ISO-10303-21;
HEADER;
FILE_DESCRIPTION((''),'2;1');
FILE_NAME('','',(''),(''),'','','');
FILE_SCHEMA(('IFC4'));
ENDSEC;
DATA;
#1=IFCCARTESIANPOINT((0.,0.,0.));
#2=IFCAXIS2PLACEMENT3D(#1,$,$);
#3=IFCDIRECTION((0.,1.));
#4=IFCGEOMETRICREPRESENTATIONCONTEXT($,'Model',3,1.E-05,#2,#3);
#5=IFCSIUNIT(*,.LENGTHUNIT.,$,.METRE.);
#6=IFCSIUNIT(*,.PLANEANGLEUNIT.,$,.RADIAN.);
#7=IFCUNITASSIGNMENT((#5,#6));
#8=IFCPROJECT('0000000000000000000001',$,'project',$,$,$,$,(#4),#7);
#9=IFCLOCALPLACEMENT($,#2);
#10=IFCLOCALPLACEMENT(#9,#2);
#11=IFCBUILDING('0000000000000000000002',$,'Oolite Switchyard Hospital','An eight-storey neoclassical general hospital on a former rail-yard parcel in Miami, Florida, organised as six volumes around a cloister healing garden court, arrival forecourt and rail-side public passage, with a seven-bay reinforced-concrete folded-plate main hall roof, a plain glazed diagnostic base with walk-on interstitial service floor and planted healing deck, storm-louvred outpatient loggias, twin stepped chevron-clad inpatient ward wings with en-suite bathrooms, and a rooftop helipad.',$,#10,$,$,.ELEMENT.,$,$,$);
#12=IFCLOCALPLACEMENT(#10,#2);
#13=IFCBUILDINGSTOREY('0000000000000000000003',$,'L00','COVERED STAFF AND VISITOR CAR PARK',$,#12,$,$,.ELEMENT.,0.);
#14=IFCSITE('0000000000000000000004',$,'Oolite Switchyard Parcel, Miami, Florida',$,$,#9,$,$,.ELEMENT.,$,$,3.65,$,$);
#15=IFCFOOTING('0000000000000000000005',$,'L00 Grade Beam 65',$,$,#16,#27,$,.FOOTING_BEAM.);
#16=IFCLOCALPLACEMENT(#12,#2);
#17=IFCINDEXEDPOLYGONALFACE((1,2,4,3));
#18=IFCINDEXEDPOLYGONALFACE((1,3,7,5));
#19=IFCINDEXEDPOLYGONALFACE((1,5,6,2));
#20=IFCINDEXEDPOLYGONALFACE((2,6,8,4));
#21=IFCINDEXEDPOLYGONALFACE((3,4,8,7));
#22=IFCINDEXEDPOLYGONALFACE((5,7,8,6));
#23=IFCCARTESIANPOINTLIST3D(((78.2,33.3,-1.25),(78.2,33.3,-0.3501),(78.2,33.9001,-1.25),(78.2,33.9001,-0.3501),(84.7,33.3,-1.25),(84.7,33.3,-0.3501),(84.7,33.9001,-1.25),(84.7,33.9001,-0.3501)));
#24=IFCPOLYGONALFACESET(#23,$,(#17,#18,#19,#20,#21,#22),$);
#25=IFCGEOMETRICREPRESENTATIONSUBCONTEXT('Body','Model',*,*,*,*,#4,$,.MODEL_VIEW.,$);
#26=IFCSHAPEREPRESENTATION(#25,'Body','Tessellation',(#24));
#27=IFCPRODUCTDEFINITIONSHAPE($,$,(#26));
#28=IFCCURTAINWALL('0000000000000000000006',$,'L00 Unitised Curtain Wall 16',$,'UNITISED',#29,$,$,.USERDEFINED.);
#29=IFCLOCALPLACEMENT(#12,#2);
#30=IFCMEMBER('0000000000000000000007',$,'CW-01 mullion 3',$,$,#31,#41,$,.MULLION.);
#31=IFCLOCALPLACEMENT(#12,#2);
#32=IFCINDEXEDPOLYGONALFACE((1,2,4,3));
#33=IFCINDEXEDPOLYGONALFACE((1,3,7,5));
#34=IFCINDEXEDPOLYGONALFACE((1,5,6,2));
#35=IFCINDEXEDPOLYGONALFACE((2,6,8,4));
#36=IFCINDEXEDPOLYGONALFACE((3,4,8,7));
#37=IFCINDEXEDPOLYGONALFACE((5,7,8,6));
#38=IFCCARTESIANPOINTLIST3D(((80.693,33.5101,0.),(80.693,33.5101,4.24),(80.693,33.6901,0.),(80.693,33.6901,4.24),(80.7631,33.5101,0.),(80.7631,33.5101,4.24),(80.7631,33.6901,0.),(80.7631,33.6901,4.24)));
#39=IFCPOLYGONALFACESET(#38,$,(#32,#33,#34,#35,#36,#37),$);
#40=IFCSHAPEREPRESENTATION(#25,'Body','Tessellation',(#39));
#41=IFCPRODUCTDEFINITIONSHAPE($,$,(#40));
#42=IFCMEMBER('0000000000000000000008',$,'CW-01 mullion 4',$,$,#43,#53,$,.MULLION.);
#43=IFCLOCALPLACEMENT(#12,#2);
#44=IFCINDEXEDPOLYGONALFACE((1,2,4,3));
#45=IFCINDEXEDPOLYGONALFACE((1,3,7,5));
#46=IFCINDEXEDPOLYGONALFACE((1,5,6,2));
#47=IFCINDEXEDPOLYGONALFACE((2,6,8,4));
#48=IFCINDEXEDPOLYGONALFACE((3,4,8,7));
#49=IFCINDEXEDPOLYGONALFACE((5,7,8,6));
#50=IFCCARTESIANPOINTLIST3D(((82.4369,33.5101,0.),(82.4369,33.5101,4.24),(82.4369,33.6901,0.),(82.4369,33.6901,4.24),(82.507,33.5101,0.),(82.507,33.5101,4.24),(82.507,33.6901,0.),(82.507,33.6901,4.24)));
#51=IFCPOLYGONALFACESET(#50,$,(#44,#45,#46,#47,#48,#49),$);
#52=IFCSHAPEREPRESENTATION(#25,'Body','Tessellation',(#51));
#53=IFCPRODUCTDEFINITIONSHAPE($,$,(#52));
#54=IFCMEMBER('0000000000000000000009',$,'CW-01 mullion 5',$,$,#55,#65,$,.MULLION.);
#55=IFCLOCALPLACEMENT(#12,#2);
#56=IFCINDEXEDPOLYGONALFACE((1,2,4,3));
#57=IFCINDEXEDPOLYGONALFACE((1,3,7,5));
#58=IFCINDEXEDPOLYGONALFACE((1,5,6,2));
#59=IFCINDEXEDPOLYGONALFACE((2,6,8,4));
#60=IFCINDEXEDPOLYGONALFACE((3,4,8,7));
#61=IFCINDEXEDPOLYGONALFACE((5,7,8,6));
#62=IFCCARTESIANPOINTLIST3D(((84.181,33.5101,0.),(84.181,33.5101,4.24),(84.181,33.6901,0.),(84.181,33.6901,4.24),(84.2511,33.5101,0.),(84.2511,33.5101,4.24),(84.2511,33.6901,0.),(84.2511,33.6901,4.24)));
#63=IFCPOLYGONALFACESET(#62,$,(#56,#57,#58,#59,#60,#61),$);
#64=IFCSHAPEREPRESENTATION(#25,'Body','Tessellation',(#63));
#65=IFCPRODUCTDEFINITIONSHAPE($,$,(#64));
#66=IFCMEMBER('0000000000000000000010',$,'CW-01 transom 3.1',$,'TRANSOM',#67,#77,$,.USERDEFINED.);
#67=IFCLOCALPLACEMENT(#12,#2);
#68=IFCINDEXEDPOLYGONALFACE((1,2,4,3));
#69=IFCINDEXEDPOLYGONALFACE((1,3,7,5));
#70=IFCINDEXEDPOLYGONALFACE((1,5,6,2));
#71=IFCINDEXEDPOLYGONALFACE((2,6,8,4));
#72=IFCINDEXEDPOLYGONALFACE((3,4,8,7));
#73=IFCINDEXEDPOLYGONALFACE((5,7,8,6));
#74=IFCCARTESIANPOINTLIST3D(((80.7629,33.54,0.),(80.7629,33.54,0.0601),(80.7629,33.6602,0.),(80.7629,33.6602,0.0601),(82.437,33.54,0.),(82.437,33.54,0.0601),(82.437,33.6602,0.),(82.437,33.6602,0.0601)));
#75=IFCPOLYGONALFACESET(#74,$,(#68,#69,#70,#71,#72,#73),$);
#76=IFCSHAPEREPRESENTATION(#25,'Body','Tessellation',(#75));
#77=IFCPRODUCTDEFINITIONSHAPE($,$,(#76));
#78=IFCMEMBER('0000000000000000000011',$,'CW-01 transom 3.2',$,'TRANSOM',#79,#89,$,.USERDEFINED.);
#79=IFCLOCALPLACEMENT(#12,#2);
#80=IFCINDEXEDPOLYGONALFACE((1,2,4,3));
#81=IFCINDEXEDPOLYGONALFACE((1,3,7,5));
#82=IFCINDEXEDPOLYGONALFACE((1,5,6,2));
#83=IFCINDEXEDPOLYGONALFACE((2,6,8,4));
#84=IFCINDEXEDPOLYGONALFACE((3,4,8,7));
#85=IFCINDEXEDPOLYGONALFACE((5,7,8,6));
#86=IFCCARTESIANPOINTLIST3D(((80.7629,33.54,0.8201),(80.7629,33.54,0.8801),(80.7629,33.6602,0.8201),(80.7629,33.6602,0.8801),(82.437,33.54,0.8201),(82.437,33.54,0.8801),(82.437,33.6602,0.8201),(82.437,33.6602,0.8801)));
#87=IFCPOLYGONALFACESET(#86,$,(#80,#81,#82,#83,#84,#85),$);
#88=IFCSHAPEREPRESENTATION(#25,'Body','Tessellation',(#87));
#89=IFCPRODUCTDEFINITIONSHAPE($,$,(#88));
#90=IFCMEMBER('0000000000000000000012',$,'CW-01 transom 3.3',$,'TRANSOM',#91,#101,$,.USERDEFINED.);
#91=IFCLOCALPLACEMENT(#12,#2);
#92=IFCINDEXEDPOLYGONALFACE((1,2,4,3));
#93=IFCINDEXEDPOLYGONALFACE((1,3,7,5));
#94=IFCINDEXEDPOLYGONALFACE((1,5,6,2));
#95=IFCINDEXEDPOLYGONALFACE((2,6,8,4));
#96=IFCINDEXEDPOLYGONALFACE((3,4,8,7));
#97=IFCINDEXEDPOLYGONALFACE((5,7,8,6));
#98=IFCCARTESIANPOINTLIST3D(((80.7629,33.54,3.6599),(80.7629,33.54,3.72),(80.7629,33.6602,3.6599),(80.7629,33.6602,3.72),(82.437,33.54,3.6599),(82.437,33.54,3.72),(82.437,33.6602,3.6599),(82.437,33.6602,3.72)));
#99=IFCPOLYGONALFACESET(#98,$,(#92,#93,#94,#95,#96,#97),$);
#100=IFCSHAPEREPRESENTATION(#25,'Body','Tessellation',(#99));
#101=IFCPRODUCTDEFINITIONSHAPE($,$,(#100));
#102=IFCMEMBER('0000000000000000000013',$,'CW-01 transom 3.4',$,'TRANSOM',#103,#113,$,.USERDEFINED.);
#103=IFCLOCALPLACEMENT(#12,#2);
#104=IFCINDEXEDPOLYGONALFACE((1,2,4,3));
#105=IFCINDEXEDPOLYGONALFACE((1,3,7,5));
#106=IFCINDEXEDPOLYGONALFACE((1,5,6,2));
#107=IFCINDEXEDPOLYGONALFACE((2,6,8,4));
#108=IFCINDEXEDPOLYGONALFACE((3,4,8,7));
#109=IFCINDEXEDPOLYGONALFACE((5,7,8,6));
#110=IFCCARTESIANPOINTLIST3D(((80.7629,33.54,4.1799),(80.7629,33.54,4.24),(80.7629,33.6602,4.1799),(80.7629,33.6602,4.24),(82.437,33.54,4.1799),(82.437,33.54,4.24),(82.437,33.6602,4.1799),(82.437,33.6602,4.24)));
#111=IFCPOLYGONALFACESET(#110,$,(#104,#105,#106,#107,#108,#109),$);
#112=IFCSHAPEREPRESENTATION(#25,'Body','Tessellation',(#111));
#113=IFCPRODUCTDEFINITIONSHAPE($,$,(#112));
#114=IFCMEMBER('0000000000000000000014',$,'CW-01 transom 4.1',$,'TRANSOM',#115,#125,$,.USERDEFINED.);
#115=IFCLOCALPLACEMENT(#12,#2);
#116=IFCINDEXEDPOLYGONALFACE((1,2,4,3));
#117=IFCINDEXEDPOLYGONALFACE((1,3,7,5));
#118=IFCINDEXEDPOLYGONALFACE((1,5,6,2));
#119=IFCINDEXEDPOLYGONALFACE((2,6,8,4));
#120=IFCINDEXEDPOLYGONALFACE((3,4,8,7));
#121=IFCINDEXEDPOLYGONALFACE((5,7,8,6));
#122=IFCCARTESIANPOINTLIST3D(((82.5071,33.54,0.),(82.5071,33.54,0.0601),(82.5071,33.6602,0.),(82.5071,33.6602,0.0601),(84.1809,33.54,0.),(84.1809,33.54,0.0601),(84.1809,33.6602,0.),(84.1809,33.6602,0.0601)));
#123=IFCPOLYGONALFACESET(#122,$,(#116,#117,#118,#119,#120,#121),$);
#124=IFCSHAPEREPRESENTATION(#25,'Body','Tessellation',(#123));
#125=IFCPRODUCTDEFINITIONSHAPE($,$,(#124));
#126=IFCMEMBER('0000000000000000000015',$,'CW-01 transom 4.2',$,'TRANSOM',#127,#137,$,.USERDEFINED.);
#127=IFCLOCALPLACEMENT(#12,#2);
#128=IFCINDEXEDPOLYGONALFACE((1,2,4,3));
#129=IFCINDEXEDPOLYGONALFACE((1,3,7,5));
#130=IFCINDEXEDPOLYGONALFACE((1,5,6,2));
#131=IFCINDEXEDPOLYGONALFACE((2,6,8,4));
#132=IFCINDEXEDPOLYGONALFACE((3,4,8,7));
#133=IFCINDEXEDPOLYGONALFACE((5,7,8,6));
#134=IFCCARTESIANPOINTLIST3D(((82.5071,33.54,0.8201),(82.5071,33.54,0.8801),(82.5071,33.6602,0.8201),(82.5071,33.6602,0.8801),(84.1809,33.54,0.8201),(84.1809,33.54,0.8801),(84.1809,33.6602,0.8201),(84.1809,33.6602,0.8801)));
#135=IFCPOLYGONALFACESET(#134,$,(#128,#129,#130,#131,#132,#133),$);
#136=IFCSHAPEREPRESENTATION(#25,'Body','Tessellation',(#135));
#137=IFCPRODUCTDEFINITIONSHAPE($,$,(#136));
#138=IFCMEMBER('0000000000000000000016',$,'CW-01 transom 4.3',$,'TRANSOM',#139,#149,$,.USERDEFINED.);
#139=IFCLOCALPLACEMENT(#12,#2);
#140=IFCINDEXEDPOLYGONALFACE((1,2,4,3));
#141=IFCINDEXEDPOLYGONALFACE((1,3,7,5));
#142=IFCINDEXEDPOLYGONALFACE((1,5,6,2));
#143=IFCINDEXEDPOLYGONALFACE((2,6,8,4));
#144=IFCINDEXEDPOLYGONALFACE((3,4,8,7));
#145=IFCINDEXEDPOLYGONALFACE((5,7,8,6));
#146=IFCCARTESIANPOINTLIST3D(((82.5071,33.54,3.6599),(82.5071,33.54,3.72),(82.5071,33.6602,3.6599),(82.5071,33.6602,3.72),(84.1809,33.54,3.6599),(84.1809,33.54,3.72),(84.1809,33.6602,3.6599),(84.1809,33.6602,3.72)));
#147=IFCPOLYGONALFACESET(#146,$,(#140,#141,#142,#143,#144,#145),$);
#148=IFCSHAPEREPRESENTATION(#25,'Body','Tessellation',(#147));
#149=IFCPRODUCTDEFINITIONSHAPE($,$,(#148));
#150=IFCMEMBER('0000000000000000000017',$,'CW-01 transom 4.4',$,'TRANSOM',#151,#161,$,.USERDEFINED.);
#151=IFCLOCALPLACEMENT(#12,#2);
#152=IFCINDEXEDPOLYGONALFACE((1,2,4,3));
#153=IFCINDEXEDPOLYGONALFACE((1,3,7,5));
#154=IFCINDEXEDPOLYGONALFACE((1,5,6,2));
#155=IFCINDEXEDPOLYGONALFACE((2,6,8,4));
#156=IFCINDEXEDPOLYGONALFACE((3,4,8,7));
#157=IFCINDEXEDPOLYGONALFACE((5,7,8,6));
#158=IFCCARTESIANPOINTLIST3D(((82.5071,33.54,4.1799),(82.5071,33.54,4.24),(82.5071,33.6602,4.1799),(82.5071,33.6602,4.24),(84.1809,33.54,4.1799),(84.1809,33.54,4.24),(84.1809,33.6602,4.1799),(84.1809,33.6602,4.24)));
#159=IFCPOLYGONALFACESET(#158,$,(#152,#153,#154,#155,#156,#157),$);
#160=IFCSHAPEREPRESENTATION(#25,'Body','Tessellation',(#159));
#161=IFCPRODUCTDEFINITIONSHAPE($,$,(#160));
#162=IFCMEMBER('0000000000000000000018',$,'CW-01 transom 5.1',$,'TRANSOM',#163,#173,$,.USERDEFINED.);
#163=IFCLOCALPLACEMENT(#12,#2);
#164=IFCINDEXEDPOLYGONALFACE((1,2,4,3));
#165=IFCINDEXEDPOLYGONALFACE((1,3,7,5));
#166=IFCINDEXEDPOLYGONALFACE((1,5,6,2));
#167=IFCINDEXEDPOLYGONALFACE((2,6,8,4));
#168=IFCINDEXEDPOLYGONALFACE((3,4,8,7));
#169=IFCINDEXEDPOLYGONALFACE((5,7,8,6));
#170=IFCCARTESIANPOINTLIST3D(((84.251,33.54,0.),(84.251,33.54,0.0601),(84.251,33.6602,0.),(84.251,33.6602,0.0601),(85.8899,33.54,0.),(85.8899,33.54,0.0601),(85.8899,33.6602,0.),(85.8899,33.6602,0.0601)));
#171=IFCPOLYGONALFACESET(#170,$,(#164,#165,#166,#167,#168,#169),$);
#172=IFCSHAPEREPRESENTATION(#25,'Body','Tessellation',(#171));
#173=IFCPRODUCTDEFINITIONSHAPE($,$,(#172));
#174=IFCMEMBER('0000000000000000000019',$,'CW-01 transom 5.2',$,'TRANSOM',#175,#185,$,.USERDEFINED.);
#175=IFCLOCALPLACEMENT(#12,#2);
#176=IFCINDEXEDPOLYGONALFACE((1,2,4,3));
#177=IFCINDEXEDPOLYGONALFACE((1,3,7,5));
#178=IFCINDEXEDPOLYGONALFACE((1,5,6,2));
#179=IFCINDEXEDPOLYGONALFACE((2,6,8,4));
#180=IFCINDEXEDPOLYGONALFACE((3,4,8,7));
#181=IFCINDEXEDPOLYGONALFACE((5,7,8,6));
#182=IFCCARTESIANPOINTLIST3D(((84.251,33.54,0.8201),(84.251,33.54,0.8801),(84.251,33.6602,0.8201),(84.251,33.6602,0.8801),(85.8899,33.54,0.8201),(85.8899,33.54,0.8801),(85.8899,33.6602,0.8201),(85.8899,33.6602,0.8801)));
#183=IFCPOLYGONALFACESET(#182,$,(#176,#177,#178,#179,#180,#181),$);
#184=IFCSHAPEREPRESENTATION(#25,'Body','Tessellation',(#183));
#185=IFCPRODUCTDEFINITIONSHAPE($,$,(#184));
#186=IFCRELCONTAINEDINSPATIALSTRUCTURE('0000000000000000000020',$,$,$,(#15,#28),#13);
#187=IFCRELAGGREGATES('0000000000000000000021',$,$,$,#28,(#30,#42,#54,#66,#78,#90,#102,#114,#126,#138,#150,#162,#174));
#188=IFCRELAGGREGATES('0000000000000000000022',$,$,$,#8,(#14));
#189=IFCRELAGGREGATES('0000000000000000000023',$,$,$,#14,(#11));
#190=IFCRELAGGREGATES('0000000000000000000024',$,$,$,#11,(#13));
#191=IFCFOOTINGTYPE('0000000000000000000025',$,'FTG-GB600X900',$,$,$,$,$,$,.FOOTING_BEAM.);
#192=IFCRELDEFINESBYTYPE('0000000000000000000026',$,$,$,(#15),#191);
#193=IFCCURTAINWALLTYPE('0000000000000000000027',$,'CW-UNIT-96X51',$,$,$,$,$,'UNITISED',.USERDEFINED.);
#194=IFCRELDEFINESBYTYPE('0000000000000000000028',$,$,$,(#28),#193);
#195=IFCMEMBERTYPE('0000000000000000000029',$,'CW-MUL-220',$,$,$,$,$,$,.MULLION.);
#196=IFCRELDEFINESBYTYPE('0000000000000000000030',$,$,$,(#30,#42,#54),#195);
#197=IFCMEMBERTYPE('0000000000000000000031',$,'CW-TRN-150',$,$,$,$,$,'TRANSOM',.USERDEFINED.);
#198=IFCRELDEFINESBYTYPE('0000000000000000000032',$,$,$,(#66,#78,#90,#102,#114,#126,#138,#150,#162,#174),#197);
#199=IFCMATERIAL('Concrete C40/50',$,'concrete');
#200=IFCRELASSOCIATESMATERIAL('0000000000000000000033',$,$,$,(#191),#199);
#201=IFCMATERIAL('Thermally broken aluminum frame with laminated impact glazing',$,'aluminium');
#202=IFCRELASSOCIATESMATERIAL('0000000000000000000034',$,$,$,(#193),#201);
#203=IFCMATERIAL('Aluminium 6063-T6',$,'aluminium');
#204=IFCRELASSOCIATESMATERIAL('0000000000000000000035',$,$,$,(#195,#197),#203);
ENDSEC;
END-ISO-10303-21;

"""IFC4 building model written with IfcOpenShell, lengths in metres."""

from ifc_helpers import new_model, si_unit, direction, frame, origin, origin_2d, place, context, subcontext, project, spatial, rectangle, extrude, material, material_profile, profile_set, type_object, element, aggregate, save


model = new_model("IFC4")

# Units and contexts
model_context = context("Model", 3, precision=1e-05, world=origin(), true_north=direction((0.0, 1.0)))
body_context = subcontext(model_context, "Body", "Model", "MODEL_VIEW")
ifc_project = project(units=[si_unit("LENGTHUNIT", "METRE"), si_unit("PLANEANGLEUNIT", "RADIAN")], contexts=[model_context])

# Site, building, storey
site_placement = place(None, origin())
site = spatial("IfcSite", under=ifc_project, at=site_placement, Name="Oolite Switchyard Parcel, Miami, Florida", CompositionType="ELEMENT", RefElevation=3.65)
building_placement = place(site_placement, origin())
building = spatial("IfcBuilding", under=site, at=building_placement, Name="Oolite Switchyard Hospital", Description="An eight-storey neoclassical general hospital on a former rail-yard parcel in Miami, Florida, organised as six volumes around a cloister healing garden court, arrival forecourt and rail-side public passage, with a seven-bay reinforced-concrete folded-plate main hall roof, a plain glazed diagnostic base with walk-on interstitial service floor and planted healing deck, storm-louvred outpatient loggias, twin stepped chevron-clad inpatient ward wings with en-suite bathrooms, and a rooftop helipad.", CompositionType="ELEMENT")
storey_placement = place(building_placement, origin())
storey = spatial("IfcBuildingStorey", under=building, at=storey_placement, Name="L00", Description="COVERED STAFF AND VISITOR CAR PARK", CompositionType="ELEMENT", Elevation=0.0)

# Footing
ifc_material_1 = material(Name="Concrete C40/50", Category="concrete")
footing_type = type_object("IfcFootingType", Name="FTG-GB600X900", PredefinedType="FOOTING_BEAM", material=ifc_material_1)
footing_placement = place(storey_placement, frame((81.45, 33.6001, -1.25), z_axis=(0.0, 0.0, 1.0), x_axis=(1.0, 0.0, 0.0)))
element("IfcFooting", 1, at=footing_placement, inside=storey, type_object=footing_type, Name="L00 Grade Beam 65", PredefinedType="FOOTING_BEAM", context=body_context, shape_type="SweptSolid", body=[
    extrude(rectangle(XDim=6.5, YDim=0.6001, at=origin_2d()), origin(), (0.0, 0.0, 1.0), 0.8999),
])

# Curtain wall, members
ifc_material_2 = material(Name="Thermally broken aluminum frame with laminated impact glazing", Category="aluminium")
curtain_wall_type = type_object("IfcCurtainWallType", Name="CW-UNIT-96X51", ElementType="UNITISED", PredefinedType="USERDEFINED", material=ifc_material_2)
curtain_wall_placement = place(storey_placement, origin())
curtain_wall = element("IfcCurtainWall", 2, at=curtain_wall_placement, inside=storey, type_object=curtain_wall_type, Name="L00 Unitised Curtain Wall 16", ObjectType="UNITISED", PredefinedType="USERDEFINED")
ifc_material_3 = material(Name="Aluminium 6063-T6", Category="aluminium")
ifc_material_profile_1 = material_profile(ifc_material_3, rectangle(XDim=0.1799, YDim=0.0701, at=origin_2d()), Name="CWM70X180")
ifc_profile_set_1 = profile_set([ifc_material_profile_1], Name="Aluminium 6063-T6")
member_type_1 = type_object("IfcMemberType", Name="CW-MUL-220", PredefinedType="MULLION", material=ifc_profile_set_1)
member_1_placement = place(storey_placement, frame((80.728, 33.6001, 0.0), z_axis=(0.0, 0.0, 1.0), x_axis=(0.0, 1.0, 0.0)))
member_1 = element("IfcMember", 3, at=member_1_placement, type_object=member_type_1, Name="CW-01 mullion 3", PredefinedType="MULLION", context=body_context, shape_type="SweptSolid", body=[
    extrude(rectangle(XDim=0.1799, YDim=0.0701, at=origin_2d()), origin(), (0.0, 0.0, 1.0), 4.24),
])
member_2_placement = place(storey_placement, frame((82.4719, 33.6001, 0.0), z_axis=(0.0, 0.0, 1.0), x_axis=(0.0, 1.0, 0.0)))
member_2 = element("IfcMember", 4, at=member_2_placement, type_object=member_type_1, Name="CW-01 mullion 4", PredefinedType="MULLION", context=body_context, shape_type="SweptSolid", body=[
    extrude(rectangle(XDim=0.1799, YDim=0.0701, at=origin_2d()), origin(), (0.0, 0.0, 1.0), 4.24),
])
member_3_placement = place(storey_placement, frame((84.2161, 33.6001, 0.0), z_axis=(0.0, 0.0, 1.0), x_axis=(0.0, 1.0, 0.0)))
member_3 = element("IfcMember", 5, at=member_3_placement, type_object=member_type_1, Name="CW-01 mullion 5", PredefinedType="MULLION", context=body_context, shape_type="SweptSolid", body=[
    extrude(rectangle(XDim=0.1799, YDim=0.0701, at=origin_2d()), origin(), (0.0, 0.0, 1.0), 4.24),
])
ifc_material_profile_2 = material_profile(ifc_material_3, rectangle(XDim=0.1201, YDim=0.0601, at=origin_2d()), Name="CWT60X120")
ifc_profile_set_2 = profile_set([ifc_material_profile_2], Name="Aluminium 6063-T6")
member_type_2 = type_object("IfcMemberType", Name="CW-TRN-150", ElementType="TRANSOM", PredefinedType="USERDEFINED", material=ifc_profile_set_2)
member_4_placement = place(storey_placement, frame((80.7629, 33.6001, 0.03), z_axis=(1.0, 0.0, 0.0), x_axis=(0.0, 1.0, 0.0)))
member_4 = element("IfcMember", 6, at=member_4_placement, type_object=member_type_2, Name="CW-01 transom 3.1", ObjectType="TRANSOM", PredefinedType="USERDEFINED", context=body_context, shape_type="SweptSolid", body=[
    extrude(rectangle(XDim=0.1201, YDim=0.0601, at=origin_2d()), origin(), (0.0, 0.0, 1.0), 1.6741),
])
member_5_placement = place(storey_placement, frame((80.7629, 33.6001, 0.8501), z_axis=(1.0, 0.0, 0.0), x_axis=(0.0, 1.0, 0.0)))
member_5 = element("IfcMember", 7, at=member_5_placement, type_object=member_type_2, Name="CW-01 transom 3.2", ObjectType="TRANSOM", PredefinedType="USERDEFINED", context=body_context, shape_type="SweptSolid", body=[
    extrude(rectangle(XDim=0.1201, YDim=0.0601, at=origin_2d()), origin(), (0.0, 0.0, 1.0), 1.6741),
])
member_6_placement = place(storey_placement, frame((80.7629, 33.6001, 3.6899), z_axis=(1.0, 0.0, 0.0), x_axis=(0.0, 1.0, 0.0)))
member_6 = element("IfcMember", 8, at=member_6_placement, type_object=member_type_2, Name="CW-01 transom 3.3", ObjectType="TRANSOM", PredefinedType="USERDEFINED", context=body_context, shape_type="SweptSolid", body=[
    extrude(rectangle(XDim=0.1201, YDim=0.0601, at=origin_2d()), origin(), (0.0, 0.0, 1.0), 1.6741),
])
member_7_placement = place(storey_placement, frame((80.7629, 33.6001, 4.21), z_axis=(1.0, 0.0, 0.0), x_axis=(0.0, 1.0, 0.0)))
member_7 = element("IfcMember", 9, at=member_7_placement, type_object=member_type_2, Name="CW-01 transom 3.4", ObjectType="TRANSOM", PredefinedType="USERDEFINED", context=body_context, shape_type="SweptSolid", body=[
    extrude(rectangle(XDim=0.1201, YDim=0.0601, at=origin_2d()), origin(), (0.0, 0.0, 1.0), 1.6741),
])
member_8_placement = place(storey_placement, frame((82.5071, 33.6001, 0.03), z_axis=(1.0, 0.0, 0.0), x_axis=(0.0, 1.0, 0.0)))
member_8 = element("IfcMember", 10, at=member_8_placement, type_object=member_type_2, Name="CW-01 transom 4.1", ObjectType="TRANSOM", PredefinedType="USERDEFINED", context=body_context, shape_type="SweptSolid", body=[
    extrude(rectangle(XDim=0.1201, YDim=0.0601, at=origin_2d()), origin(), (0.0, 0.0, 1.0), 1.6738),
])
member_9_placement = place(storey_placement, frame((82.5071, 33.6001, 0.8501), z_axis=(1.0, 0.0, 0.0), x_axis=(0.0, 1.0, 0.0)))
member_9 = element("IfcMember", 11, at=member_9_placement, type_object=member_type_2, Name="CW-01 transom 4.2", ObjectType="TRANSOM", PredefinedType="USERDEFINED", context=body_context, shape_type="SweptSolid", body=[
    extrude(rectangle(XDim=0.1201, YDim=0.0601, at=origin_2d()), origin(), (0.0, 0.0, 1.0), 1.6738),
])
member_10_placement = place(storey_placement, frame((82.5071, 33.6001, 3.6899), z_axis=(1.0, 0.0, 0.0), x_axis=(0.0, 1.0, 0.0)))
member_10 = element("IfcMember", 12, at=member_10_placement, type_object=member_type_2, Name="CW-01 transom 4.3", ObjectType="TRANSOM", PredefinedType="USERDEFINED", context=body_context, shape_type="SweptSolid", body=[
    extrude(rectangle(XDim=0.1201, YDim=0.0601, at=origin_2d()), origin(), (0.0, 0.0, 1.0), 1.6738),
])
member_11_placement = place(storey_placement, frame((82.5071, 33.6001, 4.21), z_axis=(1.0, 0.0, 0.0), x_axis=(0.0, 1.0, 0.0)))
member_11 = element("IfcMember", 13, at=member_11_placement, type_object=member_type_2, Name="CW-01 transom 4.4", ObjectType="TRANSOM", PredefinedType="USERDEFINED", context=body_context, shape_type="SweptSolid", body=[
    extrude(rectangle(XDim=0.1201, YDim=0.0601, at=origin_2d()), origin(), (0.0, 0.0, 1.0), 1.6738),
])
member_12_placement = place(storey_placement, frame((84.251, 33.6001, 0.03), z_axis=(1.0, 0.0, 0.0), x_axis=(0.0, 1.0, 0.0)))
member_12 = element("IfcMember", 14, at=member_12_placement, type_object=member_type_2, Name="CW-01 transom 5.1", ObjectType="TRANSOM", PredefinedType="USERDEFINED", context=body_context, shape_type="SweptSolid", body=[
    extrude(rectangle(XDim=0.1201, YDim=0.0601, at=origin_2d()), origin(), (0.0, 0.0, 1.0), 1.6389),
])
member_13_placement = place(storey_placement, frame((84.251, 33.6001, 0.8501), z_axis=(1.0, 0.0, 0.0), x_axis=(0.0, 1.0, 0.0)))
member_13 = element("IfcMember", 15, at=member_13_placement, type_object=member_type_2, Name="CW-01 transom 5.2", ObjectType="TRANSOM", PredefinedType="USERDEFINED", context=body_context, shape_type="SweptSolid", body=[
    extrude(rectangle(XDim=0.1201, YDim=0.0601, at=origin_2d()), origin(), (0.0, 0.0, 1.0), 1.6389),
])
aggregate(curtain_wall, [member_1, member_2, member_3, member_4, member_5, member_6, member_7, member_8, member_9, member_10, member_11, member_12, member_13])

save(model, "model.ifc")
